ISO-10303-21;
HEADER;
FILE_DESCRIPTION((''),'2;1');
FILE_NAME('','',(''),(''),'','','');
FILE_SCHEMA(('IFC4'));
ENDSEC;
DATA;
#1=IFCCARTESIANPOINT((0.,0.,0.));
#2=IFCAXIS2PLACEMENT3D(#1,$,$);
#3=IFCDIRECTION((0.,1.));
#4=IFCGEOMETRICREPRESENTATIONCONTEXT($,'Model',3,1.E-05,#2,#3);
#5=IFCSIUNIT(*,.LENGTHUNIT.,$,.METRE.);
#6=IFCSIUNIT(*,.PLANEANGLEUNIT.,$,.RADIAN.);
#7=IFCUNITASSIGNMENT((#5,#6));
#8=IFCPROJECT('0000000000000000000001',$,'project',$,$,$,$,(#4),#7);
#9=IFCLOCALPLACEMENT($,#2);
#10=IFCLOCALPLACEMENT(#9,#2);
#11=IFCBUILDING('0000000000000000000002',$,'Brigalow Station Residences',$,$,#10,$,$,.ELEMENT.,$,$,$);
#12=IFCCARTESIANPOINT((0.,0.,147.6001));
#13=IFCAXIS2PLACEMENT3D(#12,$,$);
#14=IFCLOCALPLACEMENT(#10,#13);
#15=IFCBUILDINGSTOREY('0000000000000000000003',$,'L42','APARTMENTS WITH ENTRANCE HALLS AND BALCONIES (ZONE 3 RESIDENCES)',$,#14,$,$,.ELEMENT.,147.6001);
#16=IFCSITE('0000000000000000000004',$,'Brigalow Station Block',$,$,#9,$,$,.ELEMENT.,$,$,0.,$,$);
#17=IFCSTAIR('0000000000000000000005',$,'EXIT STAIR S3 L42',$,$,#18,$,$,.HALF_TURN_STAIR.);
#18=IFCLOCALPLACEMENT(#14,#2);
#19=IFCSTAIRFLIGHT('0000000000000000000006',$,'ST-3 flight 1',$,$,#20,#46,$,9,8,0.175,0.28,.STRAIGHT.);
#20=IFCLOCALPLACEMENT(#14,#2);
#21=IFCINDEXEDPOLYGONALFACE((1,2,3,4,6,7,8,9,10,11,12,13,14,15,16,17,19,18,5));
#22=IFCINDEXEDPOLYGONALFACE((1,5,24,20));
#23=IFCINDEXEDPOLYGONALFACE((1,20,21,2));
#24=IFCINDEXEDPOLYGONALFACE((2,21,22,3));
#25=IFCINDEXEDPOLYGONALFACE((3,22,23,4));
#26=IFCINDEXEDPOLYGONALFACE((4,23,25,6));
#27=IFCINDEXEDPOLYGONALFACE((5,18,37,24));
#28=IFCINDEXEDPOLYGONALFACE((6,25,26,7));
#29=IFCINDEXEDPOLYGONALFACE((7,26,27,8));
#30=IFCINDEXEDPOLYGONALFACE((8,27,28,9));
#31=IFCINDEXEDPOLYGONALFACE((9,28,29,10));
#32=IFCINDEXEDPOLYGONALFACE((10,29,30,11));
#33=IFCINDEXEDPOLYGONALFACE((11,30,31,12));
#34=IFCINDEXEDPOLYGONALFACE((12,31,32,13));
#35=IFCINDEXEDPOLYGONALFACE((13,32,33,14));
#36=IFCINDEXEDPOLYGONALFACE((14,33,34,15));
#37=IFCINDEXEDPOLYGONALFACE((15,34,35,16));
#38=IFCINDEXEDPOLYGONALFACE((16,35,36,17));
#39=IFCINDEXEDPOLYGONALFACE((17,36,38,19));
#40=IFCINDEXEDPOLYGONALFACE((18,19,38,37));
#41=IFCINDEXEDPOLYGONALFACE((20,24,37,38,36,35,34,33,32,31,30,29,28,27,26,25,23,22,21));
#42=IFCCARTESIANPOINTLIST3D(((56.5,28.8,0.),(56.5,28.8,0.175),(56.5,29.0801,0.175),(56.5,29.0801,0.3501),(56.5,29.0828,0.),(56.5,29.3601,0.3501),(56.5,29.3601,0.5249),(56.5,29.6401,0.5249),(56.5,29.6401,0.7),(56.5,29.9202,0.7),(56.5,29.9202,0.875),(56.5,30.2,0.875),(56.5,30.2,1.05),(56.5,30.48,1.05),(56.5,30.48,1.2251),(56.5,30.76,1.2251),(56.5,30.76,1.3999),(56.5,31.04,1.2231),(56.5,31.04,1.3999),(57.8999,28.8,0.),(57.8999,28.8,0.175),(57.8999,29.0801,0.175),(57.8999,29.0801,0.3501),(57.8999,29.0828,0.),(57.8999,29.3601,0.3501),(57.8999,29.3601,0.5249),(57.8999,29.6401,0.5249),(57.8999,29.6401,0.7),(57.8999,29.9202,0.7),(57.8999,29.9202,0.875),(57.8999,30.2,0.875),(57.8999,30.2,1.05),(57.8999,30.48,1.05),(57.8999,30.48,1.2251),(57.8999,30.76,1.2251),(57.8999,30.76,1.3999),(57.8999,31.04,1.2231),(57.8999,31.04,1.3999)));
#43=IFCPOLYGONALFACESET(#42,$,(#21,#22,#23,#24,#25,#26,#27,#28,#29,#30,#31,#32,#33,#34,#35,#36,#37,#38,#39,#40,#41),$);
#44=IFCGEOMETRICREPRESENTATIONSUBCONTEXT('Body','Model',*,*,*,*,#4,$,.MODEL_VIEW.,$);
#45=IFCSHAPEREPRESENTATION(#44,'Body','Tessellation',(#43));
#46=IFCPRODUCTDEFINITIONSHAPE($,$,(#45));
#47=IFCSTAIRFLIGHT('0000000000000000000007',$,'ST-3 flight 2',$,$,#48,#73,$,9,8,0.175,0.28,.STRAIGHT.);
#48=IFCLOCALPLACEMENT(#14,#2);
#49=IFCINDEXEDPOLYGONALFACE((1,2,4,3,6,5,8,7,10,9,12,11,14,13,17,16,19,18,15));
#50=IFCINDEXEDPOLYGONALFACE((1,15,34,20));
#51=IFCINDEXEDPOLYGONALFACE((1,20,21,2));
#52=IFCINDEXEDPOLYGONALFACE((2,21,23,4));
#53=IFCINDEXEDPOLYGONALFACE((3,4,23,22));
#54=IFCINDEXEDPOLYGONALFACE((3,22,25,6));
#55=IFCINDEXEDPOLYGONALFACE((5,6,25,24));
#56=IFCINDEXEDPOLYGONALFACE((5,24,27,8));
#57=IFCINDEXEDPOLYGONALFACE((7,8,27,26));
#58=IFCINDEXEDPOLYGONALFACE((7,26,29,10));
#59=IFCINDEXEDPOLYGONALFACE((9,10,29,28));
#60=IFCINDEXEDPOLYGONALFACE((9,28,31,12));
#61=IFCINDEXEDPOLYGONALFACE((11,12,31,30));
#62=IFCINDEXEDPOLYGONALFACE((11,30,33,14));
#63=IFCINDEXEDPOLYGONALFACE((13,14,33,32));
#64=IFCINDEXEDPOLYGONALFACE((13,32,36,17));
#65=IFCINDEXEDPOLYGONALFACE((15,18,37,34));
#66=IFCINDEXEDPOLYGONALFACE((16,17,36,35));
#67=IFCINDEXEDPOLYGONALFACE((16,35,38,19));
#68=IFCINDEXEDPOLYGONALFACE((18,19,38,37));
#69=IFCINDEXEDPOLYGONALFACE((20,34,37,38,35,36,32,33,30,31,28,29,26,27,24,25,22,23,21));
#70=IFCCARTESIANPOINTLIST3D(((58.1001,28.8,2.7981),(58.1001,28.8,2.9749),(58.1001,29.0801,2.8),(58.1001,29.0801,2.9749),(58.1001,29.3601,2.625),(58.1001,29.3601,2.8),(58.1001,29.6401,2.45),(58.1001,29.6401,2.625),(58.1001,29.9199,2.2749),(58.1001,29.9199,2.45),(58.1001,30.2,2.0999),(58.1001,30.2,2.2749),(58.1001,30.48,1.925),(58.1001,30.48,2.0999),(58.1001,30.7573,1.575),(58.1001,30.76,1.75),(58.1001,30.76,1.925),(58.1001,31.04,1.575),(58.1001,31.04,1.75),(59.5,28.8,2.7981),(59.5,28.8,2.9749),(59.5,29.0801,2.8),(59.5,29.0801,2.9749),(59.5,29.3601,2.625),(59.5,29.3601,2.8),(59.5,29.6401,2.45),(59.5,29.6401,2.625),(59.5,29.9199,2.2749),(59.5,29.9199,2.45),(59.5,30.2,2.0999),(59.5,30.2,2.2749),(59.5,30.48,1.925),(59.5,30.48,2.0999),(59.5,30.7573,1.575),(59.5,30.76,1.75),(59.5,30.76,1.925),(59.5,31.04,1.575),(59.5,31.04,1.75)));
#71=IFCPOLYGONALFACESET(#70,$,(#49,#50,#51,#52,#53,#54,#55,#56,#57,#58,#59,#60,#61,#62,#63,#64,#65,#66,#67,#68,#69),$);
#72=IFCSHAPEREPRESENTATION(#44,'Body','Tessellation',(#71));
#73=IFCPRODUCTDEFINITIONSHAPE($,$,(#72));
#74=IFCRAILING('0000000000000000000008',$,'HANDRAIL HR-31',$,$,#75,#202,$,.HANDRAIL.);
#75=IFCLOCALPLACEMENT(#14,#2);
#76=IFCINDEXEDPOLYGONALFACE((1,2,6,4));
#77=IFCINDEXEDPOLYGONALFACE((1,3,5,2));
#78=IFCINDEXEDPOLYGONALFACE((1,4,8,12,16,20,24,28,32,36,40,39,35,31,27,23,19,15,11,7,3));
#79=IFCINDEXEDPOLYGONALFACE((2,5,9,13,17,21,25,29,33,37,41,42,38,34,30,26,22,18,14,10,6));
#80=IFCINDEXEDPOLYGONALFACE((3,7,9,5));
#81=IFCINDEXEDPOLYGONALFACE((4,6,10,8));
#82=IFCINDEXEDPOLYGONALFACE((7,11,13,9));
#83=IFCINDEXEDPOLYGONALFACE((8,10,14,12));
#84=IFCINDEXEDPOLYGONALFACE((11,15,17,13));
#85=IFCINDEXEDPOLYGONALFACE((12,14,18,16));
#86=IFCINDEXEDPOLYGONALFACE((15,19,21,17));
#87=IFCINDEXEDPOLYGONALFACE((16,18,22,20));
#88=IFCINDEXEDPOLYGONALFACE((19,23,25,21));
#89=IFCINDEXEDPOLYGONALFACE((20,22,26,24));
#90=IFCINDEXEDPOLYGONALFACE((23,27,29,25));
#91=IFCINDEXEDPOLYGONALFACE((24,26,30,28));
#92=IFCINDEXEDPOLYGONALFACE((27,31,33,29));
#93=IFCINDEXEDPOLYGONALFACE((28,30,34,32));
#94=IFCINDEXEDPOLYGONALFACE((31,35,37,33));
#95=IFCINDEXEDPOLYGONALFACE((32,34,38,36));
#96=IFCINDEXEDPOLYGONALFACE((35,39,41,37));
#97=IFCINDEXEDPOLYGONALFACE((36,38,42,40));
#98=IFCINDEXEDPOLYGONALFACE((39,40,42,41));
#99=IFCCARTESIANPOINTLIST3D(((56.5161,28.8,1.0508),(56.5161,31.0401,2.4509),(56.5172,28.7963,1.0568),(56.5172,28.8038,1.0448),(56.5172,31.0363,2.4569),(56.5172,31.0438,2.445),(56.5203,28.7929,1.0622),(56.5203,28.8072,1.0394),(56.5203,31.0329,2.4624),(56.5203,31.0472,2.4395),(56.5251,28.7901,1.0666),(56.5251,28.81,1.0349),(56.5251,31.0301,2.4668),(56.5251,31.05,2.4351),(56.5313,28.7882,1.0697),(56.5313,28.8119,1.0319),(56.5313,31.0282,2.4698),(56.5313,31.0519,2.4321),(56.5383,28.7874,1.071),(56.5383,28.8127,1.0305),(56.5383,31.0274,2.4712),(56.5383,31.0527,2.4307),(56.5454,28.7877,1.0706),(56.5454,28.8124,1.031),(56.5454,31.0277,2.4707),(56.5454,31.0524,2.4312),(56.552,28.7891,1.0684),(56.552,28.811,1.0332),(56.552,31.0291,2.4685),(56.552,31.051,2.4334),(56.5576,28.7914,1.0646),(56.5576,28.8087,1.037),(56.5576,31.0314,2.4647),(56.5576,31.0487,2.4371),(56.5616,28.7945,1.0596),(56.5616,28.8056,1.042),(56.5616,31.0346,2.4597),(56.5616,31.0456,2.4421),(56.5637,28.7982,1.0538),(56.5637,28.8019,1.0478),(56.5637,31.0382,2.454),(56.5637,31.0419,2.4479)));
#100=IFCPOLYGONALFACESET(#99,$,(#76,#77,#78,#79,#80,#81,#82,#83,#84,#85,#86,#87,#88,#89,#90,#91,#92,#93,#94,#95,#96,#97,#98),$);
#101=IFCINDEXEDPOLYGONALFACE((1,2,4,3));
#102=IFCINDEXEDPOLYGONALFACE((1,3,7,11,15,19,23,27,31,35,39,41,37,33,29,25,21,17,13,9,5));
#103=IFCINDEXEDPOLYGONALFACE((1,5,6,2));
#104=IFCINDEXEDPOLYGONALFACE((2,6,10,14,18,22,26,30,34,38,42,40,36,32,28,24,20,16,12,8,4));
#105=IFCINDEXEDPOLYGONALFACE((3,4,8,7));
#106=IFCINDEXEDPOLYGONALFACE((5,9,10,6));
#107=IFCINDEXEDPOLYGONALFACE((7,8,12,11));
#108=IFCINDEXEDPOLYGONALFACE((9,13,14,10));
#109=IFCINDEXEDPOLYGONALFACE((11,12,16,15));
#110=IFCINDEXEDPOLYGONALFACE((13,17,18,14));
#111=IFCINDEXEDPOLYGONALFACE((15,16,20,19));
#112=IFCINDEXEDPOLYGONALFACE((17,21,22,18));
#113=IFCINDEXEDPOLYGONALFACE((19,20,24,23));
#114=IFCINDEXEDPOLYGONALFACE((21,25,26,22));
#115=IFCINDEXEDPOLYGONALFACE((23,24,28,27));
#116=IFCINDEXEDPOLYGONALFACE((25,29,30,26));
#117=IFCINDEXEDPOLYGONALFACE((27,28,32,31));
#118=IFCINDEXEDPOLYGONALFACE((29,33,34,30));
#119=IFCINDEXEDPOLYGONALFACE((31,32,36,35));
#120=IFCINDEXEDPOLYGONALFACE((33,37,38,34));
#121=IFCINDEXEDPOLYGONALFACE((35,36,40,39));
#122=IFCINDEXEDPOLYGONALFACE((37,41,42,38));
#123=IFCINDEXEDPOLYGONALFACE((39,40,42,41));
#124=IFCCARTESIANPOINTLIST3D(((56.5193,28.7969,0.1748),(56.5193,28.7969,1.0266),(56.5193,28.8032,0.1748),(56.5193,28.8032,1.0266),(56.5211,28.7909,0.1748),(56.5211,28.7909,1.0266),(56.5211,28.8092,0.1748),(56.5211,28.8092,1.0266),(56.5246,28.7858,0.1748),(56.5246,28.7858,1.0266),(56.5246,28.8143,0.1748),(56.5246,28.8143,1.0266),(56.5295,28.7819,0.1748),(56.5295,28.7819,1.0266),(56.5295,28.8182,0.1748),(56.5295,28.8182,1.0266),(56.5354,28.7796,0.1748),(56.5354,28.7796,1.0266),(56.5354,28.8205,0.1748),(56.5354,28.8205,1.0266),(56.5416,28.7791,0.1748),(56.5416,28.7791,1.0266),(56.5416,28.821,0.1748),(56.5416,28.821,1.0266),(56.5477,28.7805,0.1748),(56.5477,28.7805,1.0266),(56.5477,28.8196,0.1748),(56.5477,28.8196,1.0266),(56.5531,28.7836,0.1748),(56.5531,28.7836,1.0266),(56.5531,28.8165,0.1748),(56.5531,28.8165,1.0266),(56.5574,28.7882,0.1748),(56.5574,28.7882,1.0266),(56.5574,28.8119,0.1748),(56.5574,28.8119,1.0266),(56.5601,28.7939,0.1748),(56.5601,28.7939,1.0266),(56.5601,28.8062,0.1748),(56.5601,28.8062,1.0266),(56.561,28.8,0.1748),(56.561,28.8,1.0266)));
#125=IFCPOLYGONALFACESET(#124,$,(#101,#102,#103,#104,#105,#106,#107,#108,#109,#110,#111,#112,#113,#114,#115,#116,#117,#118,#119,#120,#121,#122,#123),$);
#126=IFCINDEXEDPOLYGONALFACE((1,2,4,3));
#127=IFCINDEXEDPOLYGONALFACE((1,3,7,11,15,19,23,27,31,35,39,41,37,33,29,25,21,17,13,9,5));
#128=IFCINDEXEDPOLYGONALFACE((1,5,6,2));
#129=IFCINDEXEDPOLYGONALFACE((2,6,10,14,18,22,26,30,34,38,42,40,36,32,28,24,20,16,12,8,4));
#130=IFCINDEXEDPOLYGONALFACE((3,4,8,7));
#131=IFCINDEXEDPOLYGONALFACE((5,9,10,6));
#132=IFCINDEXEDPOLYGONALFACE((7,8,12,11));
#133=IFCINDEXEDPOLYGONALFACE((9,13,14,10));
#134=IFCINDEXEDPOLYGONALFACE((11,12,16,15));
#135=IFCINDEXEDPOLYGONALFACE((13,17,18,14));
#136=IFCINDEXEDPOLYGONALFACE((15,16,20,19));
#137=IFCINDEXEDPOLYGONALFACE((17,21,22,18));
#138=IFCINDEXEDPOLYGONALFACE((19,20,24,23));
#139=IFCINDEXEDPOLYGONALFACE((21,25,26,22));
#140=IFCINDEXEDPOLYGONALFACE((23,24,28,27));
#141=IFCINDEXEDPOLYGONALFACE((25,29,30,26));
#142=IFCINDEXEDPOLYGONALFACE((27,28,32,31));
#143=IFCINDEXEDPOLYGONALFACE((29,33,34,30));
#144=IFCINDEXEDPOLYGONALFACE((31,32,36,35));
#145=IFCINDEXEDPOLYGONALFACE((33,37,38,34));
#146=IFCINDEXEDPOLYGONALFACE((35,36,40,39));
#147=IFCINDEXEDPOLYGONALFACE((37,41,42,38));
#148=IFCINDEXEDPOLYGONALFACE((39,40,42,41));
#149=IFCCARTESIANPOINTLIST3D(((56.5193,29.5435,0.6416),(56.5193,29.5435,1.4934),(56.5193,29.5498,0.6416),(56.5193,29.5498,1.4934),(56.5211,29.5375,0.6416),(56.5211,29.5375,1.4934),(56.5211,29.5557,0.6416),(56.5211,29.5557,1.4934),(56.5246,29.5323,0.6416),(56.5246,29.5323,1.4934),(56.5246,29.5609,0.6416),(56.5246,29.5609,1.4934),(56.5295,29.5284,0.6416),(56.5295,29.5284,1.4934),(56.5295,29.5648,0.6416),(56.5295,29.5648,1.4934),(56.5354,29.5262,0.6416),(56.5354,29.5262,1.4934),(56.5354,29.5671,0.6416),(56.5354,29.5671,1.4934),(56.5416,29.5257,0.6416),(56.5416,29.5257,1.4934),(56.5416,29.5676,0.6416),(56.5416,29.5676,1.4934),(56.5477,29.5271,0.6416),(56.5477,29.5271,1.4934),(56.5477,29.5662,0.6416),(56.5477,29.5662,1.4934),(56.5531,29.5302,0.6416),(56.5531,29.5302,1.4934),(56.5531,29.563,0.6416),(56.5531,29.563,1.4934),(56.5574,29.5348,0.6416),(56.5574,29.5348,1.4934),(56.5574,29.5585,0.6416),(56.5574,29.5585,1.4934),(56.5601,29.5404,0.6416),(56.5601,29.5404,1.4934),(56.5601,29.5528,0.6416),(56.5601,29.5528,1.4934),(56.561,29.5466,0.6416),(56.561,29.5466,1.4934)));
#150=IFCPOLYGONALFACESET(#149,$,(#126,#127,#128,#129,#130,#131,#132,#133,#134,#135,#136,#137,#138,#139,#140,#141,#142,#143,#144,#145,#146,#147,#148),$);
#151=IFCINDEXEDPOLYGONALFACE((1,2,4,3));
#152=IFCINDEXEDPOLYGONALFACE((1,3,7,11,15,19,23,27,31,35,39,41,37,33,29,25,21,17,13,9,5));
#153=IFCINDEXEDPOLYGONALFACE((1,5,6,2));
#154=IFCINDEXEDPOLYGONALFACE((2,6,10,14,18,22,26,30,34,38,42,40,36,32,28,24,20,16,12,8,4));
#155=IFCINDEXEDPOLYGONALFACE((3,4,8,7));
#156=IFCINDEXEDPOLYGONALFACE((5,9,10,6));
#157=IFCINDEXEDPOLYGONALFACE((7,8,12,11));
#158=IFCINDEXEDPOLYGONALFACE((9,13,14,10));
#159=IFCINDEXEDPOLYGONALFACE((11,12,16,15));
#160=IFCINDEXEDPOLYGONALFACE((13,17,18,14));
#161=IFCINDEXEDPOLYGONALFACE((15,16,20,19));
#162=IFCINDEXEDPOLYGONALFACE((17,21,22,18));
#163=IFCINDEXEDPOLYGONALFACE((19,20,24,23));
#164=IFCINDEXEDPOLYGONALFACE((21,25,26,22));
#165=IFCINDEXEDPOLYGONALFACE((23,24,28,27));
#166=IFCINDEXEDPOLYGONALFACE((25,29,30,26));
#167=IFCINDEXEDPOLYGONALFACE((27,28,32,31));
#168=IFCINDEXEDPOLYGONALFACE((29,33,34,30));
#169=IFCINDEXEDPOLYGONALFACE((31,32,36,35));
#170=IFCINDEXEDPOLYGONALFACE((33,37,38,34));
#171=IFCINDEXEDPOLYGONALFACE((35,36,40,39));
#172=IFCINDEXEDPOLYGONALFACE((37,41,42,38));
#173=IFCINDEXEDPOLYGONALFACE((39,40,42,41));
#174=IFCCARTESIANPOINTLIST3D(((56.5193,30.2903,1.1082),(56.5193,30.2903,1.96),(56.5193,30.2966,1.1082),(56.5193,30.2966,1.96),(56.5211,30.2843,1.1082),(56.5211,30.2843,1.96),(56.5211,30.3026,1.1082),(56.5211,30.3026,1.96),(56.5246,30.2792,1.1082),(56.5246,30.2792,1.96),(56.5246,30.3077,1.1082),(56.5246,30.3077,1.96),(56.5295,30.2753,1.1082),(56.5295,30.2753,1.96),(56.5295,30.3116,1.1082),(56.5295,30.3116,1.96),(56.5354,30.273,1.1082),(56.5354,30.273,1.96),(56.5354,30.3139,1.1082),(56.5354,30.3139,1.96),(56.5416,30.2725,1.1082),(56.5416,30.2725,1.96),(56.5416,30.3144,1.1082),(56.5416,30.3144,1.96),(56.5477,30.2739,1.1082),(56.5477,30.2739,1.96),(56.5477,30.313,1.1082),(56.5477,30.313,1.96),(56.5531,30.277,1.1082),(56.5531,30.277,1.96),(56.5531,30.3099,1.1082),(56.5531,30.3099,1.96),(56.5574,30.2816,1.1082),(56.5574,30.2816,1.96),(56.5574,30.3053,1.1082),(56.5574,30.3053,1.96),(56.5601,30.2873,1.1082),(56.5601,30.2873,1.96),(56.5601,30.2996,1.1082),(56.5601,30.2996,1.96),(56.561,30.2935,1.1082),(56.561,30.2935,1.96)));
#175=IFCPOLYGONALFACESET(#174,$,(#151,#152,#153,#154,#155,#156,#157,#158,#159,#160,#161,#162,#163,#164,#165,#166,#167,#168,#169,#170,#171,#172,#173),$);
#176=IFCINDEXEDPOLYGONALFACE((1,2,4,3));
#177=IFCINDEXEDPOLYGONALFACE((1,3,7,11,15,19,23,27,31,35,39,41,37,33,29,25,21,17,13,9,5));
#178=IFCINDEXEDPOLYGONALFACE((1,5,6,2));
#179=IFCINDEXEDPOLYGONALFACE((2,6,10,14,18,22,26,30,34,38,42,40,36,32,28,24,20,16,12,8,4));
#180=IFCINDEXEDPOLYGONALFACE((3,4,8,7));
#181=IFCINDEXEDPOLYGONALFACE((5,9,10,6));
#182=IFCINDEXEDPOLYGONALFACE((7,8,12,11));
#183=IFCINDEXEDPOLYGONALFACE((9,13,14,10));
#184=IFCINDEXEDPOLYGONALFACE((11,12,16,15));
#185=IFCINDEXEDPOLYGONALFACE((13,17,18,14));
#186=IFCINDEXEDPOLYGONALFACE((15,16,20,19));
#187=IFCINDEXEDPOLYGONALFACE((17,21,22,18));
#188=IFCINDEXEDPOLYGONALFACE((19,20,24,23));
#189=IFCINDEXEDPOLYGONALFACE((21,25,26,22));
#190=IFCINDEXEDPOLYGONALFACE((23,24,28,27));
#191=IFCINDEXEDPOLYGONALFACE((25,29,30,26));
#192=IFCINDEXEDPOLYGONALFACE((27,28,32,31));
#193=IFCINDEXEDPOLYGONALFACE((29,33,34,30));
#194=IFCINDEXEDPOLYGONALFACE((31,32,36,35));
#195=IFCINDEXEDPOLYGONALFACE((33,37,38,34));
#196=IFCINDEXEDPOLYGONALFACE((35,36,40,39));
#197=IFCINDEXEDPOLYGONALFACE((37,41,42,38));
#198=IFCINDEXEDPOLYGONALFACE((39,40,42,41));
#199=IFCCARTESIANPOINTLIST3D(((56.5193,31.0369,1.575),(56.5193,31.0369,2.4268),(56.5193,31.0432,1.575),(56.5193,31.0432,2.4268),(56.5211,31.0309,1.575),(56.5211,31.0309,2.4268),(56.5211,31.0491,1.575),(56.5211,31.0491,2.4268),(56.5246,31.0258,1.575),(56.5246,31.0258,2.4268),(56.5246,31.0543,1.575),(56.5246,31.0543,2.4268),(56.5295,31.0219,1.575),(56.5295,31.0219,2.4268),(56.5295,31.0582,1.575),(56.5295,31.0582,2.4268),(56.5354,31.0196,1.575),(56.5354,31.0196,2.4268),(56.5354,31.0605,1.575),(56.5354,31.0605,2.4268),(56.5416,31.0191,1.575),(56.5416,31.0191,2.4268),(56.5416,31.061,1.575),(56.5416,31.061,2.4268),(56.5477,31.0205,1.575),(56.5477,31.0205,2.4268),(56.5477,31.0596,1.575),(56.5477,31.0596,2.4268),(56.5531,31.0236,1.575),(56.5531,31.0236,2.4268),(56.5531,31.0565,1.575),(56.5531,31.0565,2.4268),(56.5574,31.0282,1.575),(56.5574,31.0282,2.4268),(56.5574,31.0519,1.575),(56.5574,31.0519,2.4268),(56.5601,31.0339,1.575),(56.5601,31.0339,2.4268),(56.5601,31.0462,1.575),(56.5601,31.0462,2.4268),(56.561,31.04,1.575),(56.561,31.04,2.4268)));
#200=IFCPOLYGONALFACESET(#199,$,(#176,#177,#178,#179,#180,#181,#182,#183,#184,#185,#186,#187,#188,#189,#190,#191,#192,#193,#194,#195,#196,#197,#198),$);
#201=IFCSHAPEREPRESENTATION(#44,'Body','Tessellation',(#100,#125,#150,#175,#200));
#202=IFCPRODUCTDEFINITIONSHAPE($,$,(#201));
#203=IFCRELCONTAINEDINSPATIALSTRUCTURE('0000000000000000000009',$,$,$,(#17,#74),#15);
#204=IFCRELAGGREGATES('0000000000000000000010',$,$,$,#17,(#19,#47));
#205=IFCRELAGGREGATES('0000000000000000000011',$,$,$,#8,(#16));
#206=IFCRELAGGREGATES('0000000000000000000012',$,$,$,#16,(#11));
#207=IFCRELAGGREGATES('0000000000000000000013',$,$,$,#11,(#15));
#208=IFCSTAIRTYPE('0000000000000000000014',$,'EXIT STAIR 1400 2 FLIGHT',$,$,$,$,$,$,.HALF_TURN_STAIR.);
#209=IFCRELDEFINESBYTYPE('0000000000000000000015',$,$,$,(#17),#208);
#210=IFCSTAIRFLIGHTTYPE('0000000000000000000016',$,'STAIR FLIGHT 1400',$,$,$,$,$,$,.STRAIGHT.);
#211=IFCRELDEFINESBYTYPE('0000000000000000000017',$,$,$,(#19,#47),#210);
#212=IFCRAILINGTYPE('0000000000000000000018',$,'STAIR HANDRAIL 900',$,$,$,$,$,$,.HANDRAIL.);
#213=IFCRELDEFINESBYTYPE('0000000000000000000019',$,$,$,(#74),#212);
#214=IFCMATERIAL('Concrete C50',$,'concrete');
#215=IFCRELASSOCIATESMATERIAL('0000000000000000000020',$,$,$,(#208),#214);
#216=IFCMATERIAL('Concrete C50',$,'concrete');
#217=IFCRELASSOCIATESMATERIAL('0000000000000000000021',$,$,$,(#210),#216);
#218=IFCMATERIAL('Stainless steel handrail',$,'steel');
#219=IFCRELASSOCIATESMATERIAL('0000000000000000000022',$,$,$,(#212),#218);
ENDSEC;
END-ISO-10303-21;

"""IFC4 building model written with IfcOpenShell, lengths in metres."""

from ifc_helpers import new_model, si_unit, direction, frame, origin, origin_2d, place, context, subcontext, project, spatial, polyline, circle, outline, extrude, material, type_object, element, aggregate, save


model = new_model("IFC4")

# Units and contexts
model_context = context("Model", 3, precision=1e-05, world=origin(), true_north=direction((0.0, 1.0)))
body_context = subcontext(model_context, "Body", "Model", "MODEL_VIEW")
ifc_project = project(units=[si_unit("LENGTHUNIT", "METRE"), si_unit("PLANEANGLEUNIT", "RADIAN")], contexts=[model_context])

# Site, building, storey
site_placement = place(None, origin())
site = spatial("IfcSite", under=ifc_project, at=site_placement, Name="Brigalow Station Block", CompositionType="ELEMENT", RefElevation=0.0)
building_placement = place(site_placement, origin())
building = spatial("IfcBuilding", under=site, at=building_placement, Name="Brigalow Station Residences", CompositionType="ELEMENT")
storey_placement = place(building_placement, frame((0.0, 0.0, 147.6001)))
storey = spatial("IfcBuildingStorey", under=building, at=storey_placement, Name="L42", Description="APARTMENTS WITH ENTRANCE HALLS AND BALCONIES (ZONE 3 RESIDENCES)", CompositionType="ELEMENT", Elevation=147.6001)

# Stair, stair flights
ifc_material_1 = material(Name="Concrete C50", Category="concrete")
stair_type = type_object("IfcStairType", Name="EXIT STAIR 1400 2 FLIGHT", PredefinedType="HALF_TURN_STAIR", material=ifc_material_1)
stair_placement = place(storey_placement, origin())
stair = element("IfcStair", 1, at=stair_placement, inside=storey, type_object=stair_type, Name="EXIT STAIR S3 L42", PredefinedType="HALF_TURN_STAIR")
ifc_material_2 = material(Name="Concrete C50", Category="concrete")
stair_flight_type = type_object("IfcStairFlightType", Name="STAIR FLIGHT 1400", PredefinedType="STRAIGHT", material=ifc_material_2)
stair_flight_1_placement = place(storey_placement, frame((57.2, 28.8, 0.0), z_axis=(0.0, 0.0, 1.0), x_axis=(0.0, 1.0, 0.0)))
stair_flight_1 = element("IfcStairFlight", 2, at=stair_flight_1_placement, type_object=stair_flight_type, Name="ST-3 flight 1", NumberOfRisers=9, NumberOfTreads=8, PredefinedType="STRAIGHT", RiserHeight=0.175, TreadLength=0.28, context=body_context, shape_type="SweptSolid", body=[
    extrude(outline(polyline([(0.0, 0.0), (0.0, 0.175), (0.28, 0.175), (0.28, 0.3501), (0.5601, 0.3501), (0.5601, 0.5249), (0.8401, 0.5249), (0.8401, 0.7), (1.1201, 0.7), (1.1201, 0.875), (1.3999, 0.875), (1.3999, 1.05), (1.6799, 1.05), (1.6799, 1.2251), (1.96, 1.2251), (1.96, 1.3999), (2.24, 1.3999), (2.24, 1.575), (2.24, 1.2231), (0.2827, 0.0), (0.0, 0.0)])), frame((0.0, 0.7, 0.0), z_axis=(0.0, -1.0, 0.0), x_axis=(1.0, 0.0, 0.0)), (0.0, 0.0, 1.0), 1.3999),
])
stair_flight_2_placement = place(storey_placement, frame((58.8, 31.04, 1.575), z_axis=(0.0, 0.0, 1.0), x_axis=(0.0, -1.0, 0.0)))
stair_flight_2 = element("IfcStairFlight", 3, at=stair_flight_2_placement, type_object=stair_flight_type, Name="ST-3 flight 2", NumberOfRisers=9, NumberOfTreads=8, PredefinedType="STRAIGHT", RiserHeight=0.175, TreadLength=0.28, context=body_context, shape_type="SweptSolid", body=[
    extrude(outline(polyline([(0.0, 0.0), (0.0, 0.175), (0.28, 0.175), (0.28, 0.3501), (0.5601, 0.3501), (0.5601, 0.5249), (0.8401, 0.5249), (0.8401, 0.7), (1.1201, 0.7), (1.1201, 0.875), (1.3999, 0.875), (1.3999, 1.05), (1.6799, 1.05), (1.6799, 1.2251), (1.96, 1.2251), (1.96, 1.3999), (2.24, 1.3999), (2.24, 1.575), (2.24, 1.2231), (0.2827, 0.0), (0.0, 0.0)])), frame((0.0, 0.7, 0.0), z_axis=(0.0, -1.0, 0.0), x_axis=(1.0, 0.0, 0.0)), (0.0, 0.0, 1.0), 1.3999),
])
aggregate(stair, [stair_flight_1, stair_flight_2])

# Railing
ifc_material_3 = material(Name="Stainless steel handrail", Category="steel")
railing_type_1 = type_object("IfcRailingType", Name="STAIR HANDRAIL 900", PredefinedType="HANDRAIL", material=ifc_material_3)
railing_1_placement = place(storey_placement, frame((56.54, 28.8, 0.1748)))
element("IfcRailing", 4, at=railing_1_placement, inside=storey, type_object=railing_type_1, Name="HANDRAIL HR-31", PredefinedType="HANDRAIL", context=body_context, shape_type="SweptSolid", body=[
    extrude(circle(Radius=0.0239, at=origin_2d()), frame((0.0, 0.0, 0.876), z_axis=(0.0, 0.847972, 0.53004), x_axis=(-1.0, 0.0, 0.0)), (0.0, 0.0, 1.0), 2.6416),
    extrude(circle(Radius=0.021, at=origin_2d()), origin(), (0.0, 0.0, 1.0), 0.8518),
    extrude(circle(Radius=0.021, at=origin_2d()), frame((0.0, 0.7466, 0.4668)), (0.0, 0.0, 1.0), 0.8518),
    extrude(circle(Radius=0.021, at=origin_2d()), frame((0.0, 1.4934, 0.9333)), (0.0, 0.0, 1.0), 0.8518),
    extrude(circle(Radius=0.021, at=origin_2d()), frame((0.0, 2.24, 1.4001)), (0.0, 0.0, 1.0), 0.8518),
])

save(model, "model.ifc")
